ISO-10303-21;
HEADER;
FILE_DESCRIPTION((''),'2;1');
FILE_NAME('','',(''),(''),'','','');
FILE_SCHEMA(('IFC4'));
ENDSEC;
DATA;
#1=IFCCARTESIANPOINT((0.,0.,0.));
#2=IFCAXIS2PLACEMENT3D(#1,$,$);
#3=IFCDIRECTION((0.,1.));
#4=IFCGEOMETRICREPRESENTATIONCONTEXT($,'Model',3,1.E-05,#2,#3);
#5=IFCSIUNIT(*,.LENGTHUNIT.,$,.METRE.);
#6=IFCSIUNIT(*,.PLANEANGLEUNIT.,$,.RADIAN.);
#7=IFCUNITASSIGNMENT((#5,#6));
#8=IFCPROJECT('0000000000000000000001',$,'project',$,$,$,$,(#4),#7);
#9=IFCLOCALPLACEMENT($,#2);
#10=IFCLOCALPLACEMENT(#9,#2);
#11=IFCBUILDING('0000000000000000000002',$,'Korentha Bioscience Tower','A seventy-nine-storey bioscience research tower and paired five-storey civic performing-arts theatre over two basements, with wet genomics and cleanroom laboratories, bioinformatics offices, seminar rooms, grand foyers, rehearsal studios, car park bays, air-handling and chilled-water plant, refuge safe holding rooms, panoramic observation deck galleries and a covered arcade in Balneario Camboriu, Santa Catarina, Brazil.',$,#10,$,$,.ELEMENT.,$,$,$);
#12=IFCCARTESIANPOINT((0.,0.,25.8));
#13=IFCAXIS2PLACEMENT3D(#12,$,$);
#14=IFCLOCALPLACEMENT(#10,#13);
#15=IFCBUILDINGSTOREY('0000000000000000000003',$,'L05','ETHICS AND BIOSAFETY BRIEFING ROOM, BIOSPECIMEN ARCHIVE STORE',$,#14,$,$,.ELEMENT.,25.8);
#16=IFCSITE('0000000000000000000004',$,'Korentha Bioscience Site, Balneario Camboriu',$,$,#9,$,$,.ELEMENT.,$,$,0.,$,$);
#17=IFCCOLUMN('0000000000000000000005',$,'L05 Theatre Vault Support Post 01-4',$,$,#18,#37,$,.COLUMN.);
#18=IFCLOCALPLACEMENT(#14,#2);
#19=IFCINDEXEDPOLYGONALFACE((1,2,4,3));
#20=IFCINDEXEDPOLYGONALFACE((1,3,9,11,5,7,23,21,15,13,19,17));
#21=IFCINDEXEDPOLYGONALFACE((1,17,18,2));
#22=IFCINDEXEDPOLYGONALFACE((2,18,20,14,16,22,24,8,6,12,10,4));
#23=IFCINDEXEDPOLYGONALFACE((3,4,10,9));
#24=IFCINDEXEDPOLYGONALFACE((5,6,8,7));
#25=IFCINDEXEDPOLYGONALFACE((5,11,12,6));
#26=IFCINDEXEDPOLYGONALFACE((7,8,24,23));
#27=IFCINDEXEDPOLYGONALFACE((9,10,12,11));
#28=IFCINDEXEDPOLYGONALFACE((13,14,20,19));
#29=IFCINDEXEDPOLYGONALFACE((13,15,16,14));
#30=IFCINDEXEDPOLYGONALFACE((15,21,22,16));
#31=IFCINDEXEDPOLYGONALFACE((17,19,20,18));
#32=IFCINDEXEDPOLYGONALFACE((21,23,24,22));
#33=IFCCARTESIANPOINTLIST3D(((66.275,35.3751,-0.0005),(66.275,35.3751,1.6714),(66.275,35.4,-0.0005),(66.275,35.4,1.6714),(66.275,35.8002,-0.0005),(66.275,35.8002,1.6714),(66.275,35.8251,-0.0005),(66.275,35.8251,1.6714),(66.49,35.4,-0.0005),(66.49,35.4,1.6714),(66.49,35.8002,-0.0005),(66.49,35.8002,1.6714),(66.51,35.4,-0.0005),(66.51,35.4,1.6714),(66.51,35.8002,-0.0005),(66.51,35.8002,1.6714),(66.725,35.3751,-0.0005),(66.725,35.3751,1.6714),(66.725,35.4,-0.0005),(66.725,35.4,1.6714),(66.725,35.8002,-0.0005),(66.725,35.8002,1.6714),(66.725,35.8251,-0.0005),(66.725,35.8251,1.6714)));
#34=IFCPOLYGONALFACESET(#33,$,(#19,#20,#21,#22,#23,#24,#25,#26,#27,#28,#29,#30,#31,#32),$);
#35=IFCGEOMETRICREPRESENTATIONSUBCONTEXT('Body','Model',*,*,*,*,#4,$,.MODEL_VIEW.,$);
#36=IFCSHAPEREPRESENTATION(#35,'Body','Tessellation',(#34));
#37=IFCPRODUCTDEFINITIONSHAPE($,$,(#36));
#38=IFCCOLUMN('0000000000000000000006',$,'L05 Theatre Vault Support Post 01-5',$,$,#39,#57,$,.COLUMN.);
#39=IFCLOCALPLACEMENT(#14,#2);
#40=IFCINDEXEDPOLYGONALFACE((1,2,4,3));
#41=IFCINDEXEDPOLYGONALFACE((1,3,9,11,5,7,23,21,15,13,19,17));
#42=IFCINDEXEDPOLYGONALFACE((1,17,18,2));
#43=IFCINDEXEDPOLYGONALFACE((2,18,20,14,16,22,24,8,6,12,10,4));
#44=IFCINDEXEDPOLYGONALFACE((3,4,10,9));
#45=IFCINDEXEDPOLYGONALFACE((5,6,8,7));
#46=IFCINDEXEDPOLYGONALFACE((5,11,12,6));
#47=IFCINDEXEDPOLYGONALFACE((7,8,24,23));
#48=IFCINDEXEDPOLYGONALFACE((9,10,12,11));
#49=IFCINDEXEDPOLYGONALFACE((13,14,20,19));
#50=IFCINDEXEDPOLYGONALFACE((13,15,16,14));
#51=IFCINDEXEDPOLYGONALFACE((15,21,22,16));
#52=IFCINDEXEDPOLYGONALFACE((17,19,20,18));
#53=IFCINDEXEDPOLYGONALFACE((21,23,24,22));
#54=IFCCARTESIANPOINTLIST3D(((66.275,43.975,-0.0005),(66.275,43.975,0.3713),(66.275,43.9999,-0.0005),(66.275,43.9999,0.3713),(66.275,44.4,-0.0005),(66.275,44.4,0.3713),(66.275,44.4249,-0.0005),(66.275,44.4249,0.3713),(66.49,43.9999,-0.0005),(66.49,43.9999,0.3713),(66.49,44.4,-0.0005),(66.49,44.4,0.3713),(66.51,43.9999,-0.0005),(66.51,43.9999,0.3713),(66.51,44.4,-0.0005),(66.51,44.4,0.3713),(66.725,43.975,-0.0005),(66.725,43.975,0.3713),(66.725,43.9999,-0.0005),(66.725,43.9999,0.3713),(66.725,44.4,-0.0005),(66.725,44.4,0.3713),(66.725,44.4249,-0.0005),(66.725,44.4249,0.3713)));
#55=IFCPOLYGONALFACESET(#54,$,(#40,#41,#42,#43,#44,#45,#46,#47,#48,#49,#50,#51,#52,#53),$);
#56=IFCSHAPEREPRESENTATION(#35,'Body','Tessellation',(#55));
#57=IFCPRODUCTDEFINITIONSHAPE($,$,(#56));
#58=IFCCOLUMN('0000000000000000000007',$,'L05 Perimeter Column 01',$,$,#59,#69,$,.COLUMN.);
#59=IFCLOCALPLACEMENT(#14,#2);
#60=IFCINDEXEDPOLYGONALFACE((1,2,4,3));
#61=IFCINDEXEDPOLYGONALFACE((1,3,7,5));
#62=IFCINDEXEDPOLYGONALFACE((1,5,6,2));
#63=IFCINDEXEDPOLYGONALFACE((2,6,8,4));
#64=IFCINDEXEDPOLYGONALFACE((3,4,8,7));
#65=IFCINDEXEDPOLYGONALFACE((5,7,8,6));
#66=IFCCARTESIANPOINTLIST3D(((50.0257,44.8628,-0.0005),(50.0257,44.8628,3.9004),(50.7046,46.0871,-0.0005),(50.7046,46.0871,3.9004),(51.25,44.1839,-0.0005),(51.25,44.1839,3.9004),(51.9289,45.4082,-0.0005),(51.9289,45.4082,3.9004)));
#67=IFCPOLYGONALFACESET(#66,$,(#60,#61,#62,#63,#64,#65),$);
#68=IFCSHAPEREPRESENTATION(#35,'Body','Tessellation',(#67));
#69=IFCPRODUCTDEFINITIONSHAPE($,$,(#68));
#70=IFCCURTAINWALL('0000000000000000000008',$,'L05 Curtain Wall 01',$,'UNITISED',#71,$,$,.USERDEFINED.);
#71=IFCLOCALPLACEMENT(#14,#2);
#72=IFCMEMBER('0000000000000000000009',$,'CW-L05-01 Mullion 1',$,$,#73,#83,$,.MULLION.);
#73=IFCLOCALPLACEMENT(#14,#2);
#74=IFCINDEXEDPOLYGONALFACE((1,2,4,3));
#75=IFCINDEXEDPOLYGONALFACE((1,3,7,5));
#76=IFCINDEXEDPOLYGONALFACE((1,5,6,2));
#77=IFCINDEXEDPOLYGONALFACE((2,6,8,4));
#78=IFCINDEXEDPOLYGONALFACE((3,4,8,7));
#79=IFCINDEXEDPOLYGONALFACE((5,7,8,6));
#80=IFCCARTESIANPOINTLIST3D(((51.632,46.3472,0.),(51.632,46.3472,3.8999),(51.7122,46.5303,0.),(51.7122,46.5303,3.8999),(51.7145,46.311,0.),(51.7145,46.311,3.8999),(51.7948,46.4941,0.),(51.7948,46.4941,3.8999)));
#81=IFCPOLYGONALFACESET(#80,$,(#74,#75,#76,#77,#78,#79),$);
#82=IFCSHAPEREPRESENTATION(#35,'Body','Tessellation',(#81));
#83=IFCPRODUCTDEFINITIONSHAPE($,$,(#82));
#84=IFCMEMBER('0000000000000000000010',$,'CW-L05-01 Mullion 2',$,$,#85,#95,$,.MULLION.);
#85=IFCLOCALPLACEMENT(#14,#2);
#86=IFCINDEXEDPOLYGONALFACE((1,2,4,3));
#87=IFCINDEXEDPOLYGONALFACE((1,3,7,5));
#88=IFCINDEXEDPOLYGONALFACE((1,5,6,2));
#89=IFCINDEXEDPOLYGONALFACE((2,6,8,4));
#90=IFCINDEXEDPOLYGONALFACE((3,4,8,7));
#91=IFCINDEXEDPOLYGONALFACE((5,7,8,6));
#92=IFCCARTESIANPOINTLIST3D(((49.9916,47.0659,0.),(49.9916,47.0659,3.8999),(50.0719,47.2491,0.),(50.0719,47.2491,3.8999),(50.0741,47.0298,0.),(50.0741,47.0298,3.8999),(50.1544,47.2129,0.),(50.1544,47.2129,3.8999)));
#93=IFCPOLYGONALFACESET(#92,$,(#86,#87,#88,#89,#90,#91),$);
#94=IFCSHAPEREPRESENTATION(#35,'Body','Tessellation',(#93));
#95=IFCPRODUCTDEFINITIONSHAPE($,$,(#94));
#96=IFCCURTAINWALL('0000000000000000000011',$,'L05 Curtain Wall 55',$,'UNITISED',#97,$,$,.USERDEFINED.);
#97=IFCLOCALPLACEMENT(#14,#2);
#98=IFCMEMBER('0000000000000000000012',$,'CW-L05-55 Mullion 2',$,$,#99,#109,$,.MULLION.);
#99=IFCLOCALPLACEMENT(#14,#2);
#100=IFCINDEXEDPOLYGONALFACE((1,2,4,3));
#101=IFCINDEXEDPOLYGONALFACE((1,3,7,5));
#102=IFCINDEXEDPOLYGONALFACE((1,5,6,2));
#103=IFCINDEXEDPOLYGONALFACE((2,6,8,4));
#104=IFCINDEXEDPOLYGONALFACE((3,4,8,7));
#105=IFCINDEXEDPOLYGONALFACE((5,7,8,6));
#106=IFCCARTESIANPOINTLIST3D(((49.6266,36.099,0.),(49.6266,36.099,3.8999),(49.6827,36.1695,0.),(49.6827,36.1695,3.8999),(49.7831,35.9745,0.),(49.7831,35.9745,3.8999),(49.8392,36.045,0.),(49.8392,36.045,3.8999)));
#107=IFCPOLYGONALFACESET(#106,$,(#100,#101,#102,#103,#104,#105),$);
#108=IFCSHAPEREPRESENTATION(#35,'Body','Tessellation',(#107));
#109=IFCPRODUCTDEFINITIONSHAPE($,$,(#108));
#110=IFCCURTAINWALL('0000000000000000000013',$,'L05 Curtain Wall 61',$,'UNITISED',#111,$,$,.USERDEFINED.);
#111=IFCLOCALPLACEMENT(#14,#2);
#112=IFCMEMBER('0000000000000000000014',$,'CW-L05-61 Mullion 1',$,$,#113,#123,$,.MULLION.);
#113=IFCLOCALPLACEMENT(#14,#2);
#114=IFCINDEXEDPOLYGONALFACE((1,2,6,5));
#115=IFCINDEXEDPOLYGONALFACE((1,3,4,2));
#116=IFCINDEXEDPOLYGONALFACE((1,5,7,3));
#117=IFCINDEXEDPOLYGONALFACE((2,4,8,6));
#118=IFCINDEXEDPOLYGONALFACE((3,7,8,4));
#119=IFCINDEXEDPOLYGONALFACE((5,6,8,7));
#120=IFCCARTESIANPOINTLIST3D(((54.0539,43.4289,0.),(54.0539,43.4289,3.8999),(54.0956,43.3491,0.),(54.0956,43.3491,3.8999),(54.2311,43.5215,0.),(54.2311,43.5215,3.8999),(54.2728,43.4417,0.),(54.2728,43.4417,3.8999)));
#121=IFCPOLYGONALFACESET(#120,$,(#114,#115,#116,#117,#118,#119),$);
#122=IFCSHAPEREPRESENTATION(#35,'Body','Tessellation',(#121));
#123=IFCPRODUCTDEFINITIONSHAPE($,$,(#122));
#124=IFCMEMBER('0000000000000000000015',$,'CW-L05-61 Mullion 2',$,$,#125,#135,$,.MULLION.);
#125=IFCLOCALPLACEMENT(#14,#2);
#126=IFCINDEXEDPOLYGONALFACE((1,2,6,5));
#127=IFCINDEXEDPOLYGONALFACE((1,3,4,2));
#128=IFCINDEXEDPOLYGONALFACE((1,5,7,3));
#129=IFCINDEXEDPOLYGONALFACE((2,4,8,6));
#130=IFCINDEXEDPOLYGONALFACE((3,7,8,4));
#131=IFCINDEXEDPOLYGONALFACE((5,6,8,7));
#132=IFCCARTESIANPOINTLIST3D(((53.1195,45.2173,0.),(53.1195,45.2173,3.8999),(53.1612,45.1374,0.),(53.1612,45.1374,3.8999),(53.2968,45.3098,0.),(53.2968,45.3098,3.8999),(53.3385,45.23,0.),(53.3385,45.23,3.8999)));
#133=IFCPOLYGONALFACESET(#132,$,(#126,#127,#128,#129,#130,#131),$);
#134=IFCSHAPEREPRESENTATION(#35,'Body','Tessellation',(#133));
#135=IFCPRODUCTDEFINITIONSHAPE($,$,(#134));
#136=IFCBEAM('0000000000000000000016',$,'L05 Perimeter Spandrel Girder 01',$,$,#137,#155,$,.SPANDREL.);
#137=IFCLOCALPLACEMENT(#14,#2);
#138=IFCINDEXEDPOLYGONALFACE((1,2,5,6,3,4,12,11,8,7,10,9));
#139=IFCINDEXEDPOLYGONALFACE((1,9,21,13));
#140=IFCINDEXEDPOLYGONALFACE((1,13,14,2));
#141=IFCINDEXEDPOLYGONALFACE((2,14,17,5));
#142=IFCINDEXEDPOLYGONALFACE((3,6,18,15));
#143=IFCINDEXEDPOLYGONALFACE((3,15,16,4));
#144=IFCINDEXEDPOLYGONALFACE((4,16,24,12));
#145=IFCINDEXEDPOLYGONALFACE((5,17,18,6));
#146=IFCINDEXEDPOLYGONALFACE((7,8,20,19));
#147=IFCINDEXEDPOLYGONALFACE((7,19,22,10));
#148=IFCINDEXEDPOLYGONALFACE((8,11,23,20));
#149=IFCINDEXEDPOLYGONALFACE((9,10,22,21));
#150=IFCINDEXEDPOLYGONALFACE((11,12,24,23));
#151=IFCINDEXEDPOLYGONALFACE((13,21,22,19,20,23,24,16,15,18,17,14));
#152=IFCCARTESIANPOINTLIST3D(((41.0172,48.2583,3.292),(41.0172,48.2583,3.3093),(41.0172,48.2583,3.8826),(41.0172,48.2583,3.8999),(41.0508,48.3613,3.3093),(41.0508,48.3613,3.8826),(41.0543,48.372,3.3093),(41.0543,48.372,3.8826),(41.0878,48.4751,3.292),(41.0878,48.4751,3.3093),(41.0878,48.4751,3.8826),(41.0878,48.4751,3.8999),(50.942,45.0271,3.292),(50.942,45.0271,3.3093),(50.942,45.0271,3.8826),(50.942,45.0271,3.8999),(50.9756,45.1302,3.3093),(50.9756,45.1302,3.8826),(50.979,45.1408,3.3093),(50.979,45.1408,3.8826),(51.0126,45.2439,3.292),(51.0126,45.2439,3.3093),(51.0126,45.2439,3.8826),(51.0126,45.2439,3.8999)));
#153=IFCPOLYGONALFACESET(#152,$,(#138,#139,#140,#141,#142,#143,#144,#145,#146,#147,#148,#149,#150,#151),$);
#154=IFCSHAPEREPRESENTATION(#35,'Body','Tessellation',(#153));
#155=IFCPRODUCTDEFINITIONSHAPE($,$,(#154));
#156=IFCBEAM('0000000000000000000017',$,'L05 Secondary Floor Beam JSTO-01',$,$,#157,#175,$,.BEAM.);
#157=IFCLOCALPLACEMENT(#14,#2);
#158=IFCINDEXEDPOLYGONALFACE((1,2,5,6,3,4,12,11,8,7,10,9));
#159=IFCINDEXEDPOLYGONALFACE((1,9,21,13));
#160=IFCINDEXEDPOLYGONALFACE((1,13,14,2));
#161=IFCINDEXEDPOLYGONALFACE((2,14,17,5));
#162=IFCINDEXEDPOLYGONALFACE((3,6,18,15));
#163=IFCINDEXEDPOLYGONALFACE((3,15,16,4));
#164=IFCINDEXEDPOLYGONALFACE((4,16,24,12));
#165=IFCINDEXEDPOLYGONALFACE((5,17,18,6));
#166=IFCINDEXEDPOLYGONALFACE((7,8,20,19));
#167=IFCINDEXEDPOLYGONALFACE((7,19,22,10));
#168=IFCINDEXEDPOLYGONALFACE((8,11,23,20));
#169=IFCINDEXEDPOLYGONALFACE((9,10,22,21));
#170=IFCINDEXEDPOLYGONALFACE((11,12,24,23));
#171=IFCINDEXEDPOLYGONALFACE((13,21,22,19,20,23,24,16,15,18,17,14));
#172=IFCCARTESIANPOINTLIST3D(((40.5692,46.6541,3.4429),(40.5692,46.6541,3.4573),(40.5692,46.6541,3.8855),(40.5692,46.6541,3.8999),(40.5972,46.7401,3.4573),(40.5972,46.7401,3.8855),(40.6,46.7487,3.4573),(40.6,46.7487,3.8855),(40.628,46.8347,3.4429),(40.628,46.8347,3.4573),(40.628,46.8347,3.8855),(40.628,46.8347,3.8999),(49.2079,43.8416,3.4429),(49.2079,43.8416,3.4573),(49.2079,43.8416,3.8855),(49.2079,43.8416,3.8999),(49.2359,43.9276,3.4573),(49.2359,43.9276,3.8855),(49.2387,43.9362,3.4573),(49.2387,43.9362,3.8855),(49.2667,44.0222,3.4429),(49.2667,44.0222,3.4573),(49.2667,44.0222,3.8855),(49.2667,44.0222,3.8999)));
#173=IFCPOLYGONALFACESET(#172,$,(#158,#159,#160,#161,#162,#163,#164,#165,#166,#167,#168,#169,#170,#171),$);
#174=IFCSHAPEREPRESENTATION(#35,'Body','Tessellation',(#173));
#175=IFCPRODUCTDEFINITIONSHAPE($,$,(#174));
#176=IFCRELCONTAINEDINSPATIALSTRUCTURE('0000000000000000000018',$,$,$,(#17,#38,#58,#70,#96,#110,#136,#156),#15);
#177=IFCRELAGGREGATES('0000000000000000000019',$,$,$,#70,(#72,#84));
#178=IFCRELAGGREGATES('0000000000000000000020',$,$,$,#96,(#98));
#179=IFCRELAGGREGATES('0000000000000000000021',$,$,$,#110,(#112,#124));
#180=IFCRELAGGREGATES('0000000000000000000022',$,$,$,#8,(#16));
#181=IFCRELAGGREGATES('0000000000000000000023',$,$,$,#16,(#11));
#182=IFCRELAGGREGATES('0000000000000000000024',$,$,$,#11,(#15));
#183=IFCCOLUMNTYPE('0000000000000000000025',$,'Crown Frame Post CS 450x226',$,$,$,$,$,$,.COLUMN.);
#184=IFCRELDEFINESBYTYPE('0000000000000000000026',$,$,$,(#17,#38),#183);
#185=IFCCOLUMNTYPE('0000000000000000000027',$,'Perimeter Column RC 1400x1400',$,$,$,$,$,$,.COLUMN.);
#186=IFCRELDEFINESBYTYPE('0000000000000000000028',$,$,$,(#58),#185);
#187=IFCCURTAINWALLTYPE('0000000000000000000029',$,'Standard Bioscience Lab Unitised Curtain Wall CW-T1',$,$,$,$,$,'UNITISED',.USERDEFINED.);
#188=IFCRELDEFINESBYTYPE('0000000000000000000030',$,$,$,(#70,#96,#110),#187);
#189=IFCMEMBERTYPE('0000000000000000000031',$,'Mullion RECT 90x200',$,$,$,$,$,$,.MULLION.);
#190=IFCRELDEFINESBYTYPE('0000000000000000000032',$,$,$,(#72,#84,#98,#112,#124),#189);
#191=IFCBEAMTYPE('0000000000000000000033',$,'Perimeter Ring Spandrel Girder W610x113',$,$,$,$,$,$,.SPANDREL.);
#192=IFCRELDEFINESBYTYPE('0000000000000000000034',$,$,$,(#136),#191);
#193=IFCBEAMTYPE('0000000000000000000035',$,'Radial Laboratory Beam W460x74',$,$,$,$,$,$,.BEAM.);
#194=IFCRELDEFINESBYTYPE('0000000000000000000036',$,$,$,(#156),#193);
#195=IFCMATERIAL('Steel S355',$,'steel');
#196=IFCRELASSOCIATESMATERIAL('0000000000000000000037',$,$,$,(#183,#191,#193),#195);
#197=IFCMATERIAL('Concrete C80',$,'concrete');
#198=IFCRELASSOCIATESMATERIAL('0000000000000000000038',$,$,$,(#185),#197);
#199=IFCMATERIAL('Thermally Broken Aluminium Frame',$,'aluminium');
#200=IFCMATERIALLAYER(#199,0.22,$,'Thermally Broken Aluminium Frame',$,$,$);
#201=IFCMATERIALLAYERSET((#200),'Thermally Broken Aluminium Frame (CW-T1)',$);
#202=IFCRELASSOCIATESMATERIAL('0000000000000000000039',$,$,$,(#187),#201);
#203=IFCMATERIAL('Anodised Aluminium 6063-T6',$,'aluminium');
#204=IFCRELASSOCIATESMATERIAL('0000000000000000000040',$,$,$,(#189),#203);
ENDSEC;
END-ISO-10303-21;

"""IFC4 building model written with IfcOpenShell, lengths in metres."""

from ifc_helpers import new_model, si_unit, direction, frame, origin, origin_2d, place, context, subcontext, project, spatial, rectangle, i_section, extrude, material, layer, layer_set, material_profile, profile_set, type_object, element, aggregate, save


model = new_model("IFC4")

# Units and contexts
model_context = context("Model", 3, precision=1e-05, world=origin(), true_north=direction((0.0, 1.0)))
body_context = subcontext(model_context, "Body", "Model", "MODEL_VIEW")
ifc_project = project(units=[si_unit("LENGTHUNIT", "METRE"), si_unit("PLANEANGLEUNIT", "RADIAN")], contexts=[model_context])

# Site, building, storey
site_placement = place(None, origin())
site = spatial("IfcSite", under=ifc_project, at=site_placement, Name="Korentha Bioscience Site, Balneario Camboriu", CompositionType="ELEMENT", RefElevation=0.0)
building_placement = place(site_placement, origin())
building = spatial("IfcBuilding", under=site, at=building_placement, Name="Korentha Bioscience Tower", Description="A seventy-nine-storey bioscience research tower and paired five-storey civic performing-arts theatre over two basements, with wet genomics and cleanroom laboratories, bioinformatics offices, seminar rooms, grand foyers, rehearsal studios, car park bays, air-handling and chilled-water plant, refuge safe holding rooms, panoramic observation deck galleries and a covered arcade in Balneario Camboriu, Santa Catarina, Brazil.", CompositionType="ELEMENT")
storey_placement = place(building_placement, frame((0.0, 0.0, 25.8)))
storey = spatial("IfcBuildingStorey", under=building, at=storey_placement, Name="L05", Description="ETHICS AND BIOSAFETY BRIEFING ROOM, BIOSPECIMEN ARCHIVE STORE", CompositionType="ELEMENT", Elevation=25.8)

# Columns
ifc_material_1 = material(Name="Steel S355", Category="steel")
ifc_material_profile_1 = material_profile(ifc_material_1, i_section(OverallWidth=0.45, OverallDepth=0.45, WebThickness=0.02, FlangeThickness=0.0249, at=origin_2d()), Name="Steel S355")
ifc_profile_set_1 = profile_set([ifc_material_profile_1], Name="Steel S355 (CF-C1)")
column_type_1 = type_object("IfcColumnType", Name="Crown Frame Post CS 450x226", PredefinedType="COLUMN", material=ifc_profile_set_1)
column_1_placement = place(storey_placement, frame((66.5, 35.6001, -0.0005), z_axis=(0.0, 0.0, 1.0), x_axis=(1.0, 0.0, 0.0)))
element("IfcColumn", 1, at=column_1_placement, inside=storey, type_object=column_type_1, Name="L05 Theatre Vault Support Post 01-4", PredefinedType="COLUMN", context=body_context, shape_type="SweptSolid", body=[
    extrude(i_section(OverallWidth=0.45, OverallDepth=0.45, WebThickness=0.02, FlangeThickness=0.0249, at=origin_2d()), origin(), (0.0, 0.0, 1.0), 1.6719),
])
column_2_placement = place(storey_placement, frame((66.5, 44.2, -0.0005), z_axis=(0.0, 0.0, 1.0), x_axis=(1.0, 0.0, 0.0)))
element("IfcColumn", 2, at=column_2_placement, inside=storey, type_object=column_type_1, Name="L05 Theatre Vault Support Post 01-5", PredefinedType="COLUMN", context=body_context, shape_type="SweptSolid", body=[
    extrude(i_section(OverallWidth=0.45, OverallDepth=0.45, WebThickness=0.02, FlangeThickness=0.0249, at=origin_2d()), origin(), (0.0, 0.0, 1.0), 0.3718),
])
ifc_material_2 = material(Name="Concrete C80", Category="concrete")
ifc_material_profile_2 = material_profile(ifc_material_2, rectangle(XDim=1.3999, YDim=1.3999, at=origin_2d()), Name="Concrete C80")
ifc_profile_set_2 = profile_set([ifc_material_profile_2], Name="Concrete C80 (COL-P14)")
column_type_2 = type_object("IfcColumnType", Name="Perimeter Column RC 1400x1400", PredefinedType="COLUMN", material=ifc_profile_set_2)
column_3_placement = place(storey_placement, frame((50.9773, 45.1355, -0.0005), z_axis=(0.0, 0.0, 1.0), x_axis=(-0.874535, 0.484962, 0.0)))
element("IfcColumn", 3, at=column_3_placement, inside=storey, type_object=column_type_2, Name="L05 Perimeter Column 01", PredefinedType="COLUMN", context=body_context, shape_type="SweptSolid", body=[
    extrude(rectangle(XDim=1.3999, YDim=1.3999, at=origin_2d()), origin(), (0.0, 0.0, 1.0), 3.9009),
])

# Curtain wall, members
ifc_material_3 = material(Name="Thermally Broken Aluminium Frame", Category="aluminium")
ifc_layer_1 = layer(ifc_material_3, 0.22, Name="Thermally Broken Aluminium Frame")
ifc_layer_set_1 = layer_set([ifc_layer_1], Name="Thermally Broken Aluminium Frame (CW-T1)")
curtain_wall_type = type_object("IfcCurtainWallType", Name="Standard Bioscience Lab Unitised Curtain Wall CW-T1", ElementType="UNITISED", PredefinedType="USERDEFINED", material=ifc_layer_set_1)
curtain_wall_1_placement = place(storey_placement, origin())
curtain_wall_1 = element("IfcCurtainWall", 4, at=curtain_wall_1_placement, inside=storey, type_object=curtain_wall_type, Name="L05 Curtain Wall 01", ObjectType="UNITISED", PredefinedType="USERDEFINED")
ifc_material_4 = material(Name="Anodised Aluminium 6063-T6", Category="aluminium")
ifc_material_profile_3 = material_profile(ifc_material_4, rectangle(XDim=0.0901, YDim=0.2, at=origin_2d()), Name="Anodised Aluminium 6063-T6")
ifc_profile_set_3 = profile_set([ifc_material_profile_3], Name="Anodised Aluminium 6063-T6 (CW-MUL)")
member_type_1 = type_object("IfcMemberType", Name="Mullion RECT 90x200", PredefinedType="MULLION", material=ifc_profile_set_3)
member_1_placement = place(storey_placement, frame((51.7134, 46.4207, 0.0), z_axis=(0.0, 0.0, 1.0), x_axis=(-0.915939, 0.401317, 0.0)))
member_1 = element("IfcMember", 5, at=member_1_placement, type_object=member_type_1, Name="CW-L05-01 Mullion 1", PredefinedType="MULLION", context=body_context, shape_type="SweptSolid", body=[
    extrude(rectangle(XDim=0.0901, YDim=0.2, at=origin_2d()), origin(), (0.0, 0.0, 1.0), 3.8999),
])
member_2_placement = place(storey_placement, frame((50.073, 47.1394, 0.0), z_axis=(0.0, 0.0, 1.0), x_axis=(-0.915939, 0.401317, 0.0)))
member_2 = element("IfcMember", 6, at=member_2_placement, type_object=member_type_1, Name="CW-L05-01 Mullion 2", PredefinedType="MULLION", context=body_context, shape_type="SweptSolid", body=[
    extrude(rectangle(XDim=0.0901, YDim=0.2, at=origin_2d()), origin(), (0.0, 0.0, 1.0), 3.8999),
])

# Curtain wall, member
curtain_wall_2_placement = place(storey_placement, origin())
curtain_wall_2 = element("IfcCurtainWall", 7, at=curtain_wall_2_placement, inside=storey, type_object=curtain_wall_type, Name="L05 Curtain Wall 55", ObjectType="UNITISED", PredefinedType="USERDEFINED")
member_3_placement = place(storey_placement, frame((49.7329, 36.072, 0.0), z_axis=(0.0, 0.0, 1.0), x_axis=(0.62252, 0.782604, 0.0)))
member_3 = element("IfcMember", 8, at=member_3_placement, type_object=member_type_1, Name="CW-L05-55 Mullion 2", PredefinedType="MULLION", context=body_context, shape_type="SweptSolid", body=[
    extrude(rectangle(XDim=0.0901, YDim=0.2, at=origin_2d()), origin(), (0.0, 0.0, 1.0), 3.8999),
])

# Curtain wall, members
curtain_wall_3_placement = place(storey_placement, origin())
curtain_wall_3 = element("IfcCurtainWall", 9, at=curtain_wall_3_placement, inside=storey, type_object=curtain_wall_type, Name="L05 Curtain Wall 61", ObjectType="UNITISED", PredefinedType="USERDEFINED")
member_4_placement = place(storey_placement, frame((54.1633, 43.4353, 0.0), z_axis=(0.0, 0.0, 1.0), x_axis=(-0.463009, 0.886354, 0.0)))
member_4 = element("IfcMember", 10, at=member_4_placement, type_object=member_type_1, Name="CW-L05-61 Mullion 1", PredefinedType="MULLION", context=body_context, shape_type="SweptSolid", body=[
    extrude(rectangle(XDim=0.0901, YDim=0.2, at=origin_2d()), origin(), (0.0, 0.0, 1.0), 3.8999),
])
member_5_placement = place(storey_placement, frame((53.229, 45.2236, 0.0), z_axis=(0.0, 0.0, 1.0), x_axis=(-0.463009, 0.886354, 0.0)))
member_5 = element("IfcMember", 11, at=member_5_placement, type_object=member_type_1, Name="CW-L05-61 Mullion 2", PredefinedType="MULLION", context=body_context, shape_type="SweptSolid", body=[
    extrude(rectangle(XDim=0.0901, YDim=0.2, at=origin_2d()), origin(), (0.0, 0.0, 1.0), 3.8999),
])

# Beams
ifc_material_profile_4 = material_profile(ifc_material_1, i_section(OverallWidth=0.228, OverallDepth=0.6079, WebThickness=0.0112, FlangeThickness=0.0173, at=origin_2d()), Name="Steel S355")
ifc_profile_set_4 = profile_set([ifc_material_profile_4], Name="Steel S355 (SB-610)")
beam_type_1 = type_object("IfcBeamType", Name="Perimeter Ring Spandrel Girder W610x113", PredefinedType="SPANDREL", material=ifc_profile_set_4)
beam_1_placement = place(storey_placement, frame((50.9773, 45.1355, 3.5959), z_axis=(-0.950875, 0.309575, 0.0), x_axis=(-0.309575, -0.950875, 0.0)))
element("IfcBeam", 12, at=beam_1_placement, inside=storey, type_object=beam_type_1, Name="L05 Perimeter Spandrel Girder 01", PredefinedType="SPANDREL", context=body_context, shape_type="SweptSolid", body=[
    extrude(i_section(OverallWidth=0.228, OverallDepth=0.6079, WebThickness=0.0112, FlangeThickness=0.0173, at=origin_2d()), origin(), (0.0, 0.0, 1.0), 10.4375),
])
ifc_material_profile_5 = material_profile(ifc_material_1, i_section(OverallWidth=0.1899, OverallDepth=0.457, WebThickness=0.009, FlangeThickness=0.0144, at=origin_2d()), Name="Steel S355")
ifc_profile_set_5 = profile_set([ifc_material_profile_5], Name="Steel S355 (RB-460)")
beam_type_2 = type_object("IfcBeamType", Name="Radial Laboratory Beam W460x74", PredefinedType="BEAM", material=ifc_profile_set_5)
beam_2_placement = place(storey_placement, frame((49.2373, 43.9319, 3.6714), z_axis=(-0.950874, 0.309577, 0.0), x_axis=(-0.309577, -0.950874, 0.0)))
element("IfcBeam", 13, at=beam_2_placement, inside=storey, type_object=beam_type_2, Name="L05 Secondary Floor Beam JSTO-01", PredefinedType="BEAM", context=body_context, shape_type="SweptSolid", body=[
    extrude(i_section(OverallWidth=0.1899, OverallDepth=0.457, WebThickness=0.009, FlangeThickness=0.0144, at=origin_2d()), origin(), (0.0, 0.0, 1.0), 9.085),
])

aggregate(curtain_wall_1, [member_1, member_2])
aggregate(curtain_wall_2, [member_3])
aggregate(curtain_wall_3, [member_4, member_5])

save(model, "model.ifc")
